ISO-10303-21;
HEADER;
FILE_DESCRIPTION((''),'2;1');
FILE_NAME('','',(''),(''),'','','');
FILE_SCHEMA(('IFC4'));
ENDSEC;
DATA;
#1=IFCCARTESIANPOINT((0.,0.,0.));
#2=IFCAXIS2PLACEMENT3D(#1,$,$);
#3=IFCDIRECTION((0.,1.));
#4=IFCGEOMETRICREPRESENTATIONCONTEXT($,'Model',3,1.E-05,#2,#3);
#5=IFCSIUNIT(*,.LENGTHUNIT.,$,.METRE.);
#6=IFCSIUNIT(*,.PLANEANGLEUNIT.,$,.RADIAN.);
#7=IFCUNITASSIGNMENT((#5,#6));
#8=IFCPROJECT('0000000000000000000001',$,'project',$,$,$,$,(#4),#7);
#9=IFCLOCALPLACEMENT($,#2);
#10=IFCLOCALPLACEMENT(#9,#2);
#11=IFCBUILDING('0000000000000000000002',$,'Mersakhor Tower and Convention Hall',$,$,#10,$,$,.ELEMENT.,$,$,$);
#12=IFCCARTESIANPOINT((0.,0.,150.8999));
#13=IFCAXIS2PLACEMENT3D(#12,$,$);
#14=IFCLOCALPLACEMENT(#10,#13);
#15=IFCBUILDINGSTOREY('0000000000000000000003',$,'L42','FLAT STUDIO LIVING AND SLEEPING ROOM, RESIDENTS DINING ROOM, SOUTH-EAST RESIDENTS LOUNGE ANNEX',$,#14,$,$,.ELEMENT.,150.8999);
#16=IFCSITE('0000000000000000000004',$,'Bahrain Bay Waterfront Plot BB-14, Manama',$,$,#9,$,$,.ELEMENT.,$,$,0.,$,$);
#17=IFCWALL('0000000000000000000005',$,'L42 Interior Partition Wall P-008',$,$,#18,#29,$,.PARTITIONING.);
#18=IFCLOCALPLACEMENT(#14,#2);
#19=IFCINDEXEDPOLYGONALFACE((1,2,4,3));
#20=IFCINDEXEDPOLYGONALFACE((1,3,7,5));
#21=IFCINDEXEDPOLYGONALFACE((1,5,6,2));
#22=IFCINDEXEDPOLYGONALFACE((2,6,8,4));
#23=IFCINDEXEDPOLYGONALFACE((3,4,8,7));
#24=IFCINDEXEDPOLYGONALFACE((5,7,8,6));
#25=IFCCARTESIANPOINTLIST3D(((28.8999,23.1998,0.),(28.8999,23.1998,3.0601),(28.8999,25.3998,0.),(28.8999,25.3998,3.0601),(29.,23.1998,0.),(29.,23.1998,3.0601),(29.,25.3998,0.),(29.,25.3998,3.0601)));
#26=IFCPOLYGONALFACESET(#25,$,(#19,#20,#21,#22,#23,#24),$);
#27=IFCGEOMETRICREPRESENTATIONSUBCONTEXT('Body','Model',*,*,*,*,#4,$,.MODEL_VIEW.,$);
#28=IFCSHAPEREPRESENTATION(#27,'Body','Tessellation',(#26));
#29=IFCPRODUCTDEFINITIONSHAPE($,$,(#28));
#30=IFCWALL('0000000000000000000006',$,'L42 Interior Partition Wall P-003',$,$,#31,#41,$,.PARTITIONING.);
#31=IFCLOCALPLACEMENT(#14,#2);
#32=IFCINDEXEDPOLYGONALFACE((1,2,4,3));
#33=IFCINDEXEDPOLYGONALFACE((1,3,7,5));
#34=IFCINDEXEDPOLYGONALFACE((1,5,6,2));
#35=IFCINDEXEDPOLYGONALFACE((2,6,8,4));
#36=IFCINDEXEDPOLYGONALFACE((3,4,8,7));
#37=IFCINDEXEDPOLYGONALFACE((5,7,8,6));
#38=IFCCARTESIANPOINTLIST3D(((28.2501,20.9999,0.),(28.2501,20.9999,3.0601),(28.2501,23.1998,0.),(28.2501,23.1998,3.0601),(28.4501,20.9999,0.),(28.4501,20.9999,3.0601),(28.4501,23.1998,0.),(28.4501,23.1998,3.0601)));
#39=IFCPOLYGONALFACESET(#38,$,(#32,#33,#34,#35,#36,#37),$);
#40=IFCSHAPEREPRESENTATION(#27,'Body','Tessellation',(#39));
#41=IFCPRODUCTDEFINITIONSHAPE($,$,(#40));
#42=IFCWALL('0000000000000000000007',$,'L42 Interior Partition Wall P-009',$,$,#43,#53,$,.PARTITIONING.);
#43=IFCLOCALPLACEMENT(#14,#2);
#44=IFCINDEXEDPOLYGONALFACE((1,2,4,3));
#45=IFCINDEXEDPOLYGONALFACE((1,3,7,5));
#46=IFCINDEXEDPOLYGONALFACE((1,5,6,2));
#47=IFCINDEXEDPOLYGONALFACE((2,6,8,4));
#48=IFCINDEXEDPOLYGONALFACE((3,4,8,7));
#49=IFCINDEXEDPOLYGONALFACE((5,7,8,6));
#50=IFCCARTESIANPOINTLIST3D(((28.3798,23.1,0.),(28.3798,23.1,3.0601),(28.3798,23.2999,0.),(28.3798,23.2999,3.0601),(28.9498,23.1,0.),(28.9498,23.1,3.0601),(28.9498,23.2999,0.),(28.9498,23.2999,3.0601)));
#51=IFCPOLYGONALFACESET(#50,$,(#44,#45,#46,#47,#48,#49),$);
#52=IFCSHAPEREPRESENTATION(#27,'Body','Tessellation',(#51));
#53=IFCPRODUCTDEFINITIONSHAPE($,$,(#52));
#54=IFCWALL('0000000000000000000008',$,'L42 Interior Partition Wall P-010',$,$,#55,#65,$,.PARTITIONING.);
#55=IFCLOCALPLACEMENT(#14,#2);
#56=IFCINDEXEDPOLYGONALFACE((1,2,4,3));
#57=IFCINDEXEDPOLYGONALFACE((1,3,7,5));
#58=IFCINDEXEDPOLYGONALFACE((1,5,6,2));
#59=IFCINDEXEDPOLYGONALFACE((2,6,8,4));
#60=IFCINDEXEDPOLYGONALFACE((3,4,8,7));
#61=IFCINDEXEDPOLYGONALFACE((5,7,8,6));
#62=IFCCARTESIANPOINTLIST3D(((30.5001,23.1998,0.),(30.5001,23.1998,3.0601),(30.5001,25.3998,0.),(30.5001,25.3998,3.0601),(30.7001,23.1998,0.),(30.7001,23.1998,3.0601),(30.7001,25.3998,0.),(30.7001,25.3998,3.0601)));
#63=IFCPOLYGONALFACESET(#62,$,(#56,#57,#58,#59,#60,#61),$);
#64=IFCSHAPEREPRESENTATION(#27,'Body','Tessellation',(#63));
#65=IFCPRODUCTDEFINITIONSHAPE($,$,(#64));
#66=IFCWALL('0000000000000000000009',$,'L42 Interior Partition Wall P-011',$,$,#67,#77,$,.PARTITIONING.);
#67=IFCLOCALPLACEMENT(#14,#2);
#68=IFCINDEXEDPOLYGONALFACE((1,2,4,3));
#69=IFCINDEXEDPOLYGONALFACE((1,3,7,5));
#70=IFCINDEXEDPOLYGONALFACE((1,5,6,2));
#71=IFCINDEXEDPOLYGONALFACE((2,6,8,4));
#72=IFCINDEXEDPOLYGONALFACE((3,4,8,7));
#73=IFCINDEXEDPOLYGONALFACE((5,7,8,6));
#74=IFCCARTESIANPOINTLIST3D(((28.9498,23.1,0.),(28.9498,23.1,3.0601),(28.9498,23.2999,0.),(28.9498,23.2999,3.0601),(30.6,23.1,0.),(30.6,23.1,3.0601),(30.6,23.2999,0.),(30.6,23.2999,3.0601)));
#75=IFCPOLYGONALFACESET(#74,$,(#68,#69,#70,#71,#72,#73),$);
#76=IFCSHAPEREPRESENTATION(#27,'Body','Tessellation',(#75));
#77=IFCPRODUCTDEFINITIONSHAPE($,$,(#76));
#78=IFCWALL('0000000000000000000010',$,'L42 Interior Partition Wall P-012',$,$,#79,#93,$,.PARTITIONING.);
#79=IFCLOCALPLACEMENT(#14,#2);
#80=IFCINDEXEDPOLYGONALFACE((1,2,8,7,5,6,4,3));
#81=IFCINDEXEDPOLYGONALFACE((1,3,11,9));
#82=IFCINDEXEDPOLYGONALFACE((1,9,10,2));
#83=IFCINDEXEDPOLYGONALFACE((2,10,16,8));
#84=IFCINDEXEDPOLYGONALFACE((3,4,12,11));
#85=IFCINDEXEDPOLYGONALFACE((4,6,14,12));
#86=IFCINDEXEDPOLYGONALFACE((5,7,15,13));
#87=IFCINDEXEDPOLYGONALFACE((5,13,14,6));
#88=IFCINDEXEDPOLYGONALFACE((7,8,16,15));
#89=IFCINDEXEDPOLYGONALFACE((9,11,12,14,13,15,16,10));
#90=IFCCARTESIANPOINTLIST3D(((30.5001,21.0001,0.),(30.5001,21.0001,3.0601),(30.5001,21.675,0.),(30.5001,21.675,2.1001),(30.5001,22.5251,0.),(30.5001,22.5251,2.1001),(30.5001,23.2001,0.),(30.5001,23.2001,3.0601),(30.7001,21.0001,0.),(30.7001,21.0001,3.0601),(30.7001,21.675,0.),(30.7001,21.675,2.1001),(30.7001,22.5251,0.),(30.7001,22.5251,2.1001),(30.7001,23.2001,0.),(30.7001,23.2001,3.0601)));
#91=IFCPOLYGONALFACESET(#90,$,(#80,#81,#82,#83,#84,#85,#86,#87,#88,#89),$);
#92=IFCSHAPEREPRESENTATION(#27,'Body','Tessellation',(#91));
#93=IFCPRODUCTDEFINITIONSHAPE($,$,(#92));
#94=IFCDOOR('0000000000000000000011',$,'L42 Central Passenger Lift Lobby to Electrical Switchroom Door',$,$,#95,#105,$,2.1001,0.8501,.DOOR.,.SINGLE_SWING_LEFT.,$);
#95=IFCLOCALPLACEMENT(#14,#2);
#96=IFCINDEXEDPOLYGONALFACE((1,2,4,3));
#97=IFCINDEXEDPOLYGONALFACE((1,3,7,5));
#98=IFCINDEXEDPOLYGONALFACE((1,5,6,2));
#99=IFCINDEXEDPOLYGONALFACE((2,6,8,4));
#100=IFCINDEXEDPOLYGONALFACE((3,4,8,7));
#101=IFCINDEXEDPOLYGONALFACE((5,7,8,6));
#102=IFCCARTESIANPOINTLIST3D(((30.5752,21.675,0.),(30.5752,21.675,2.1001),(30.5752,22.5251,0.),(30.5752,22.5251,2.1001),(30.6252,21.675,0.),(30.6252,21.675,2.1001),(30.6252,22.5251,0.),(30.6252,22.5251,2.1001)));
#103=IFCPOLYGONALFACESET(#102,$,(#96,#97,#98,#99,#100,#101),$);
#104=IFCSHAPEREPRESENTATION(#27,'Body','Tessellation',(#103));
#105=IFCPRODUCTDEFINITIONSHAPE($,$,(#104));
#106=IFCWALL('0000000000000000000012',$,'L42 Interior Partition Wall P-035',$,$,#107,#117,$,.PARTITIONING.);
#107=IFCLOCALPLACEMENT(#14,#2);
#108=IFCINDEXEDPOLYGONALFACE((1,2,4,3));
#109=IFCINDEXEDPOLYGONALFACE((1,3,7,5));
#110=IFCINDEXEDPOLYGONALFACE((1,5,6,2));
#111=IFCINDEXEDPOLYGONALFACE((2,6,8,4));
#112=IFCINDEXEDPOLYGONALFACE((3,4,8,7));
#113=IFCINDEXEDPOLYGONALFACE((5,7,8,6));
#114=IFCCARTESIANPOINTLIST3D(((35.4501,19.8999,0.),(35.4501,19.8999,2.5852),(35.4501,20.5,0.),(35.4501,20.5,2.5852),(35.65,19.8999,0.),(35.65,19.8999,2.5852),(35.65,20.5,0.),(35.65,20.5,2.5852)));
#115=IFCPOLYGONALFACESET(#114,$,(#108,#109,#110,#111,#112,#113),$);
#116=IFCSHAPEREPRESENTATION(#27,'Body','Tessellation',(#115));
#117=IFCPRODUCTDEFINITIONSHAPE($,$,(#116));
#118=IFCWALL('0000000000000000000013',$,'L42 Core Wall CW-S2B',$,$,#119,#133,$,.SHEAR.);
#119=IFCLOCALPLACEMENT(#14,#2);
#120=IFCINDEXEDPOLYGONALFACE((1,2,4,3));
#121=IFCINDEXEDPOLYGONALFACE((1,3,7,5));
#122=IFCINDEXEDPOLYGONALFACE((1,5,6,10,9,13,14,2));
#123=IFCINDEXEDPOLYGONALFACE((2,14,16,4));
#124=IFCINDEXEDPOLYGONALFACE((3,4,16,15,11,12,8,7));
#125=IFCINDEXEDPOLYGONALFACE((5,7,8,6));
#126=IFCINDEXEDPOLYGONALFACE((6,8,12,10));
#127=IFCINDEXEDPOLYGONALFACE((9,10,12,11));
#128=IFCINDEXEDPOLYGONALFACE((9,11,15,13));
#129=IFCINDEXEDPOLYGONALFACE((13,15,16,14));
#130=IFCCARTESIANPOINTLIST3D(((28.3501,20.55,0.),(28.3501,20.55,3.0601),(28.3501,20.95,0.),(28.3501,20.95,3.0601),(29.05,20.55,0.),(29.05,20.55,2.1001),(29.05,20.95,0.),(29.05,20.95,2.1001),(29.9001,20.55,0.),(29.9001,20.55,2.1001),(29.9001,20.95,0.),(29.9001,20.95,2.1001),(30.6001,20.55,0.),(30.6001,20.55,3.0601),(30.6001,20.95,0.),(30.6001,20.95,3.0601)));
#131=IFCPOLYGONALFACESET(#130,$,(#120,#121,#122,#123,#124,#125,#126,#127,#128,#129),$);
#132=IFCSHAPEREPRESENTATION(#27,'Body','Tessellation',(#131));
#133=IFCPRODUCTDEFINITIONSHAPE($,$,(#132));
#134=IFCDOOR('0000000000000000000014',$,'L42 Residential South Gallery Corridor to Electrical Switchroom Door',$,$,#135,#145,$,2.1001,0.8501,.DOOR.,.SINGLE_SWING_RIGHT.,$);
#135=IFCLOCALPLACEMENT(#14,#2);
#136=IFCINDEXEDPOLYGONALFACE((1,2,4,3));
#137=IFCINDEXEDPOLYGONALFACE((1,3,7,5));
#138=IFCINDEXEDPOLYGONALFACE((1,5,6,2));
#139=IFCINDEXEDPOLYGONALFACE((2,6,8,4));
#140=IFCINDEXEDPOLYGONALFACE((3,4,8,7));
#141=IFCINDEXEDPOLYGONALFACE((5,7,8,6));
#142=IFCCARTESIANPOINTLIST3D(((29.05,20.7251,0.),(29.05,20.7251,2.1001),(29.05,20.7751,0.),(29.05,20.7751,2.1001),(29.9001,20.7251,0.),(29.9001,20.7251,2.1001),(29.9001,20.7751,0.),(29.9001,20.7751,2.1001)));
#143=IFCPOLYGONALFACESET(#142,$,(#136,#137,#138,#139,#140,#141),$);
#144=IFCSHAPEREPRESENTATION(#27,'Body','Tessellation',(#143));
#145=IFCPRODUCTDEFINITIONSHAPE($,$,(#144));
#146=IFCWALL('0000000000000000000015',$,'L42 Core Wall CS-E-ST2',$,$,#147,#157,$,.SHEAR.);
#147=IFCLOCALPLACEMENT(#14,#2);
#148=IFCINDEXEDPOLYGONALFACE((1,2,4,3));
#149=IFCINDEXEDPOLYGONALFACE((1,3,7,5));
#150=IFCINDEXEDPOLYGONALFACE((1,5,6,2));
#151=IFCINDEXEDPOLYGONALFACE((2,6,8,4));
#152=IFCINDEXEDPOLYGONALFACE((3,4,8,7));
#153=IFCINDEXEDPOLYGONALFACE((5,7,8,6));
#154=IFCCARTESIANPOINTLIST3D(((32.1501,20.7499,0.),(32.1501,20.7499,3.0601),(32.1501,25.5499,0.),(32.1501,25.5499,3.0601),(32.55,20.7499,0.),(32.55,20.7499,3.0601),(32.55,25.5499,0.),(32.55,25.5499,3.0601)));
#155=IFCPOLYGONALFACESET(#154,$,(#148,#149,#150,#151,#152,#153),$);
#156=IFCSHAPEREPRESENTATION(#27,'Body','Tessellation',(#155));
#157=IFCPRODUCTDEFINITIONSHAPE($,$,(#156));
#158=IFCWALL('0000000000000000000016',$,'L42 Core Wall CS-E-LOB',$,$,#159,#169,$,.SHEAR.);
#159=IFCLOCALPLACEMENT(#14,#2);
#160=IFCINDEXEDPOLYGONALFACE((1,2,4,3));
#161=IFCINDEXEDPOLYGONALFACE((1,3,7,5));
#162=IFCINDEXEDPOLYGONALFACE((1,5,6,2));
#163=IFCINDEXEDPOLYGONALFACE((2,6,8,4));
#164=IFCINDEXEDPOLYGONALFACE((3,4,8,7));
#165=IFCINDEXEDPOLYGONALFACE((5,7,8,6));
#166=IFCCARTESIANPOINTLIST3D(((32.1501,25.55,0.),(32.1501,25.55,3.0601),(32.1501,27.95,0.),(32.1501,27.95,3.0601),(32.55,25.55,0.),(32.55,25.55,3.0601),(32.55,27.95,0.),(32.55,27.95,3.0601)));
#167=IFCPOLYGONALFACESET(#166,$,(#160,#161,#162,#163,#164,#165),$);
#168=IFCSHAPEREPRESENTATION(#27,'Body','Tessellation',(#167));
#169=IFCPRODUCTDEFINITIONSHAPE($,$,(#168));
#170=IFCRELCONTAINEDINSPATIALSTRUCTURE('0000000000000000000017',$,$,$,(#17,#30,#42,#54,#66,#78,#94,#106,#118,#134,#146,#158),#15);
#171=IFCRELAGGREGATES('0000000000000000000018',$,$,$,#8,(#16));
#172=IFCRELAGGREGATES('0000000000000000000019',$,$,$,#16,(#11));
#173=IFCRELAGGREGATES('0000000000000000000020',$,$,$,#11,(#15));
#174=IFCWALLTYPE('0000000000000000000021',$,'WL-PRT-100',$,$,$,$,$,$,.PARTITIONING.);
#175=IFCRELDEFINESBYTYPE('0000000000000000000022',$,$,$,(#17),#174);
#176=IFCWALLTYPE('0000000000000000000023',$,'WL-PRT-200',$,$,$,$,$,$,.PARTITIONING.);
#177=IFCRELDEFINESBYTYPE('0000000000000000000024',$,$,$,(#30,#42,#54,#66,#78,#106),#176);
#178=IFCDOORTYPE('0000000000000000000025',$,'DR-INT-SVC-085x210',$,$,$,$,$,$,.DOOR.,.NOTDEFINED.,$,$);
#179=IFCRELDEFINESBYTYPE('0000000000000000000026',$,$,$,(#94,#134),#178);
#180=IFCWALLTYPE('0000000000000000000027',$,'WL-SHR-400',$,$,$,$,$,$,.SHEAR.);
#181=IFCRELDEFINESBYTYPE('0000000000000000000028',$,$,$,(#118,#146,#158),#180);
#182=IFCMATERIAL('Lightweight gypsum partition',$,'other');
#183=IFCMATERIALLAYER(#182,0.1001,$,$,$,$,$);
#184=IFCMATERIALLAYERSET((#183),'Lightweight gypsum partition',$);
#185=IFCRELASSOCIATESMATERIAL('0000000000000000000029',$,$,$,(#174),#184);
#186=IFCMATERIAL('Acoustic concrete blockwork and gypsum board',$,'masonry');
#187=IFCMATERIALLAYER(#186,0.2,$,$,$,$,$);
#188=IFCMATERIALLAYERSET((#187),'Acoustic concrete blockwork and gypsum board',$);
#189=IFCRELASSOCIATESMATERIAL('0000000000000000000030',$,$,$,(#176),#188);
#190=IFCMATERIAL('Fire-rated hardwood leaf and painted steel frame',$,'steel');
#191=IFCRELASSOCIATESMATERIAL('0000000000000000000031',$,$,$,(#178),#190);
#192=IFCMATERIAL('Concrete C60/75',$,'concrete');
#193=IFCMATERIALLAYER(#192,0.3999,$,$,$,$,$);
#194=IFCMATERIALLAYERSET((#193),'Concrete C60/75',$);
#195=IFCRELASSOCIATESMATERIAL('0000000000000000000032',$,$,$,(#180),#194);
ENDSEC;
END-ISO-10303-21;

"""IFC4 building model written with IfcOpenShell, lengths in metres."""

from ifc_helpers import new_model, si_unit, direction, frame, frame_2d, origin, place, context, subcontext, project, spatial, rectangle, extrude, material, layer, layer_set, type_object, element, fill, save


model = new_model("IFC4")

# Units and contexts
model_context = context("Model", 3, precision=1e-05, world=origin(), true_north=direction((0.0, 1.0)))
body_context = subcontext(model_context, "Body", "Model", "MODEL_VIEW")
ifc_project = project(units=[si_unit("LENGTHUNIT", "METRE"), si_unit("PLANEANGLEUNIT", "RADIAN")], contexts=[model_context])

# Site, building, storey
site_placement = place(None, origin())
site = spatial("IfcSite", under=ifc_project, at=site_placement, Name="Bahrain Bay Waterfront Plot BB-14, Manama", CompositionType="ELEMENT", RefElevation=0.0)
building_placement = place(site_placement, origin())
building = spatial("IfcBuilding", under=site, at=building_placement, Name="Mersakhor Tower and Convention Hall", CompositionType="ELEMENT")
storey_placement = place(building_placement, frame((0.0, 0.0, 150.8999)))
storey = spatial("IfcBuildingStorey", under=building, at=storey_placement, Name="L42", Description="FLAT STUDIO LIVING AND SLEEPING ROOM, RESIDENTS DINING ROOM, SOUTH-EAST RESIDENTS LOUNGE ANNEX", CompositionType="ELEMENT", Elevation=150.8999)

# Walls
ifc_material_1 = material(Name="Lightweight gypsum partition", Category="other")
ifc_layer_1 = layer(ifc_material_1, 0.1001)
ifc_layer_set_1 = layer_set([ifc_layer_1], Name="Lightweight gypsum partition")
wall_type_1 = type_object("IfcWallType", Name="WL-PRT-100", PredefinedType="PARTITIONING", material=ifc_layer_set_1)
wall_1_placement = place(storey_placement, frame((28.95, 25.3999, 0.0), z_axis=(0.0, 0.0, 1.0), x_axis=(0.0, -1.0, 0.0)))
element("IfcWall", 1, at=wall_1_placement, inside=storey, type_object=wall_type_1, Name="L42 Interior Partition Wall P-008", PredefinedType="PARTITIONING", context=body_context, shape_type="SweptSolid", body=[
    extrude(rectangle(XDim=2.2, YDim=0.1001, at=frame_2d((1.1001, 0.0))), origin(), (0.0, 0.0, 1.0), 3.0601),
])
ifc_material_2 = material(Name="Acoustic concrete blockwork and gypsum board", Category="masonry")
ifc_layer_2 = layer(ifc_material_2, 0.2)
ifc_layer_set_2 = layer_set([ifc_layer_2], Name="Acoustic concrete blockwork and gypsum board")
wall_type_2 = type_object("IfcWallType", Name="WL-PRT-200", PredefinedType="PARTITIONING", material=ifc_layer_set_2)
wall_2_placement = place(storey_placement, frame((28.3501, 23.2, 0.0), z_axis=(0.0, 0.0, 1.0), x_axis=(0.0, -1.0, 0.0)))
element("IfcWall", 2, at=wall_2_placement, inside=storey, type_object=wall_type_2, Name="L42 Interior Partition Wall P-003", PredefinedType="PARTITIONING", context=body_context, shape_type="SweptSolid", body=[
    extrude(rectangle(XDim=2.2, YDim=0.2, at=frame_2d((1.1001, 0.0))), origin(), (0.0, 0.0, 1.0), 3.0601),
])
wall_3_placement = place(storey_placement, frame((28.95, 23.2, 0.0), z_axis=(0.0, 0.0, 1.0), x_axis=(-1.0, 0.0, 0.0)))
element("IfcWall", 3, at=wall_3_placement, inside=storey, type_object=wall_type_2, Name="L42 Interior Partition Wall P-009", PredefinedType="PARTITIONING", context=body_context, shape_type="SweptSolid", body=[
    extrude(rectangle(XDim=0.5701, YDim=0.2, at=frame_2d((0.2852, 0.0))), origin(), (0.0, 0.0, 1.0), 3.0601),
])
wall_4_placement = place(storey_placement, frame((30.6001, 25.3999, 0.0), z_axis=(0.0, 0.0, 1.0), x_axis=(0.0, -1.0, 0.0)))
element("IfcWall", 4, at=wall_4_placement, inside=storey, type_object=wall_type_2, Name="L42 Interior Partition Wall P-010", PredefinedType="PARTITIONING", context=body_context, shape_type="SweptSolid", body=[
    extrude(rectangle(XDim=2.2, YDim=0.2, at=frame_2d((1.1001, 0.0))), origin(), (0.0, 0.0, 1.0), 3.0601),
])
wall_5_placement = place(storey_placement, frame((30.6001, 23.2, 0.0), z_axis=(0.0, 0.0, 1.0), x_axis=(-1.0, 0.0, 0.0)))
element("IfcWall", 5, at=wall_5_placement, inside=storey, type_object=wall_type_2, Name="L42 Interior Partition Wall P-011", PredefinedType="PARTITIONING", context=body_context, shape_type="SweptSolid", body=[
    extrude(rectangle(XDim=1.6501, YDim=0.2, at=frame_2d((0.8252, 0.0))), origin(), (0.0, 0.0, 1.0), 3.0601),
])

# Wall, opening, door
wall_6_placement = place(storey_placement, frame((30.6001, 21.0, 0.0), z_axis=(0.0, 0.0, 1.0), x_axis=(0.0, 1.0, 0.0)))
wall_6 = element("IfcWall", 6, at=wall_6_placement, inside=storey, type_object=wall_type_2, Name="L42 Interior Partition Wall P-012", PredefinedType="PARTITIONING", context=body_context, shape_type="SweptSolid", body=[
    extrude(rectangle(XDim=2.2, YDim=0.2, at=frame_2d((1.1001, 0.0))), origin(), (0.0, 0.0, 1.0), 3.0601),
])
opening_1_placement = place(wall_6_placement, frame((0.675, 0.0, 0.0)))
opening_1 = element("IfcOpeningElement", 7, at=opening_1_placement, cuts=wall_6, PredefinedType="OPENING", context=body_context, shape_type="SweptSolid", body=[
    extrude(rectangle(XDim=0.8501, YDim=2.1001, at=frame_2d((0.425, 1.05))), frame((0.0, 0.1099, 0.0), z_axis=(0.0, -1.0, 0.0), x_axis=(1.0, 0.0, 0.0)), (0.0, 0.0, 1.0), 0.22),
])
ifc_material_3 = material(Name="Fire-rated hardwood leaf and painted steel frame", Category="steel")
door_type_1 = type_object("IfcDoorType", Name="DR-INT-SVC-085x210", OperationType="NOTDEFINED", PredefinedType="DOOR", material=ifc_material_3)
door_1_placement = place(opening_1_placement, origin())
door_1 = element("IfcDoor", 8, at=door_1_placement, inside=storey, type_object=door_type_1, Name="L42 Central Passenger Lift Lobby to Electrical Switchroom Door", OperationType="SINGLE_SWING_LEFT", OverallHeight=2.1001, OverallWidth=0.8501, PredefinedType="DOOR", context=body_context, shape_type="SweptSolid", body=[
    extrude(rectangle(XDim=0.8501, YDim=2.1001, at=frame_2d((0.425, 1.05))), frame((0.0, 0.0249, 0.0), z_axis=(0.0, -1.0, 0.0), x_axis=(1.0, 0.0, 0.0)), (0.0, 0.0, 1.0), 0.05),
])
fill(opening_1, door_1)

# Wall
wall_7_placement = place(storey_placement, frame((35.55, 20.5, 0.0), z_axis=(0.0, 0.0, 1.0), x_axis=(0.0, -1.0, 0.0)))
element("IfcWall", 9, at=wall_7_placement, inside=storey, type_object=wall_type_2, Name="L42 Interior Partition Wall P-035", PredefinedType="PARTITIONING", context=body_context, shape_type="SweptSolid", body=[
    extrude(rectangle(XDim=0.6001, YDim=0.2, at=frame_2d((0.3, 0.0))), origin(), (0.0, 0.0, 1.0), 2.5852),
])

# Wall, opening, door
ifc_material_4 = material(Name="Concrete C60/75", Category="concrete")
ifc_layer_3 = layer(ifc_material_4, 0.3999)
ifc_layer_set_3 = layer_set([ifc_layer_3], Name="Concrete C60/75")
wall_type_3 = type_object("IfcWallType", Name="WL-SHR-400", PredefinedType="SHEAR", material=ifc_layer_set_3)
wall_8_placement = place(storey_placement, frame((30.6001, 20.75, 0.0), z_axis=(0.0, 0.0, 1.0), x_axis=(-1.0, 0.0, 0.0)))
wall_8 = element("IfcWall", 10, at=wall_8_placement, inside=storey, type_object=wall_type_3, Name="L42 Core Wall CW-S2B", PredefinedType="SHEAR", context=body_context, shape_type="SweptSolid", body=[
    extrude(rectangle(XDim=2.25, YDim=0.3999, at=frame_2d((1.125, 0.0))), origin(), (0.0, 0.0, 1.0), 3.0601),
])
opening_2_placement = place(wall_8_placement, frame((0.7, 0.0, 0.0)))
opening_2 = element("IfcOpeningElement", 11, at=opening_2_placement, cuts=wall_8, PredefinedType="OPENING", context=body_context, shape_type="SweptSolid", body=[
    extrude(rectangle(XDim=0.8501, YDim=2.1001, at=frame_2d((0.425, 1.05))), frame((0.0, 0.21, 0.0), z_axis=(0.0, -1.0, 0.0), x_axis=(1.0, 0.0, 0.0)), (0.0, 0.0, 1.0), 0.4199),
])
door_2_placement = place(opening_2_placement, origin())
door_2 = element("IfcDoor", 12, at=door_2_placement, inside=storey, type_object=door_type_1, Name="L42 Residential South Gallery Corridor to Electrical Switchroom Door", OperationType="SINGLE_SWING_RIGHT", OverallHeight=2.1001, OverallWidth=0.8501, PredefinedType="DOOR", context=body_context, shape_type="SweptSolid", body=[
    extrude(rectangle(XDim=0.8501, YDim=2.1001, at=frame_2d((0.425, 1.05))), frame((0.0, 0.0249, 0.0), z_axis=(0.0, -1.0, 0.0), x_axis=(1.0, 0.0, 0.0)), (0.0, 0.0, 1.0), 0.05),
])
fill(opening_2, door_2)

# Walls
wall_9_placement = place(storey_placement, frame((32.3501, 20.75, 0.0), z_axis=(0.0, 0.0, 1.0), x_axis=(0.0, 1.0, 0.0)))
element("IfcWall", 13, at=wall_9_placement, inside=storey, type_object=wall_type_3, Name="L42 Core Wall CS-E-ST2", PredefinedType="SHEAR", context=body_context, shape_type="SweptSolid", body=[
    extrude(rectangle(XDim=4.8, YDim=0.3999, at=frame_2d((2.3999, 0.0))), origin(), (0.0, 0.0, 1.0), 3.0601),
])
wall_10_placement = place(storey_placement, frame((32.3501, 25.55, 0.0), z_axis=(0.0, 0.0, 1.0), x_axis=(0.0, 1.0, 0.0)))
element("IfcWall", 14, at=wall_10_placement, inside=storey, type_object=wall_type_3, Name="L42 Core Wall CS-E-LOB", PredefinedType="SHEAR", context=body_context, shape_type="SweptSolid", body=[
    extrude(rectangle(XDim=2.3999, YDim=0.3999, at=frame_2d((1.2, 0.0))), origin(), (0.0, 0.0, 1.0), 3.0601),
])

save(model, "model.ifc")
